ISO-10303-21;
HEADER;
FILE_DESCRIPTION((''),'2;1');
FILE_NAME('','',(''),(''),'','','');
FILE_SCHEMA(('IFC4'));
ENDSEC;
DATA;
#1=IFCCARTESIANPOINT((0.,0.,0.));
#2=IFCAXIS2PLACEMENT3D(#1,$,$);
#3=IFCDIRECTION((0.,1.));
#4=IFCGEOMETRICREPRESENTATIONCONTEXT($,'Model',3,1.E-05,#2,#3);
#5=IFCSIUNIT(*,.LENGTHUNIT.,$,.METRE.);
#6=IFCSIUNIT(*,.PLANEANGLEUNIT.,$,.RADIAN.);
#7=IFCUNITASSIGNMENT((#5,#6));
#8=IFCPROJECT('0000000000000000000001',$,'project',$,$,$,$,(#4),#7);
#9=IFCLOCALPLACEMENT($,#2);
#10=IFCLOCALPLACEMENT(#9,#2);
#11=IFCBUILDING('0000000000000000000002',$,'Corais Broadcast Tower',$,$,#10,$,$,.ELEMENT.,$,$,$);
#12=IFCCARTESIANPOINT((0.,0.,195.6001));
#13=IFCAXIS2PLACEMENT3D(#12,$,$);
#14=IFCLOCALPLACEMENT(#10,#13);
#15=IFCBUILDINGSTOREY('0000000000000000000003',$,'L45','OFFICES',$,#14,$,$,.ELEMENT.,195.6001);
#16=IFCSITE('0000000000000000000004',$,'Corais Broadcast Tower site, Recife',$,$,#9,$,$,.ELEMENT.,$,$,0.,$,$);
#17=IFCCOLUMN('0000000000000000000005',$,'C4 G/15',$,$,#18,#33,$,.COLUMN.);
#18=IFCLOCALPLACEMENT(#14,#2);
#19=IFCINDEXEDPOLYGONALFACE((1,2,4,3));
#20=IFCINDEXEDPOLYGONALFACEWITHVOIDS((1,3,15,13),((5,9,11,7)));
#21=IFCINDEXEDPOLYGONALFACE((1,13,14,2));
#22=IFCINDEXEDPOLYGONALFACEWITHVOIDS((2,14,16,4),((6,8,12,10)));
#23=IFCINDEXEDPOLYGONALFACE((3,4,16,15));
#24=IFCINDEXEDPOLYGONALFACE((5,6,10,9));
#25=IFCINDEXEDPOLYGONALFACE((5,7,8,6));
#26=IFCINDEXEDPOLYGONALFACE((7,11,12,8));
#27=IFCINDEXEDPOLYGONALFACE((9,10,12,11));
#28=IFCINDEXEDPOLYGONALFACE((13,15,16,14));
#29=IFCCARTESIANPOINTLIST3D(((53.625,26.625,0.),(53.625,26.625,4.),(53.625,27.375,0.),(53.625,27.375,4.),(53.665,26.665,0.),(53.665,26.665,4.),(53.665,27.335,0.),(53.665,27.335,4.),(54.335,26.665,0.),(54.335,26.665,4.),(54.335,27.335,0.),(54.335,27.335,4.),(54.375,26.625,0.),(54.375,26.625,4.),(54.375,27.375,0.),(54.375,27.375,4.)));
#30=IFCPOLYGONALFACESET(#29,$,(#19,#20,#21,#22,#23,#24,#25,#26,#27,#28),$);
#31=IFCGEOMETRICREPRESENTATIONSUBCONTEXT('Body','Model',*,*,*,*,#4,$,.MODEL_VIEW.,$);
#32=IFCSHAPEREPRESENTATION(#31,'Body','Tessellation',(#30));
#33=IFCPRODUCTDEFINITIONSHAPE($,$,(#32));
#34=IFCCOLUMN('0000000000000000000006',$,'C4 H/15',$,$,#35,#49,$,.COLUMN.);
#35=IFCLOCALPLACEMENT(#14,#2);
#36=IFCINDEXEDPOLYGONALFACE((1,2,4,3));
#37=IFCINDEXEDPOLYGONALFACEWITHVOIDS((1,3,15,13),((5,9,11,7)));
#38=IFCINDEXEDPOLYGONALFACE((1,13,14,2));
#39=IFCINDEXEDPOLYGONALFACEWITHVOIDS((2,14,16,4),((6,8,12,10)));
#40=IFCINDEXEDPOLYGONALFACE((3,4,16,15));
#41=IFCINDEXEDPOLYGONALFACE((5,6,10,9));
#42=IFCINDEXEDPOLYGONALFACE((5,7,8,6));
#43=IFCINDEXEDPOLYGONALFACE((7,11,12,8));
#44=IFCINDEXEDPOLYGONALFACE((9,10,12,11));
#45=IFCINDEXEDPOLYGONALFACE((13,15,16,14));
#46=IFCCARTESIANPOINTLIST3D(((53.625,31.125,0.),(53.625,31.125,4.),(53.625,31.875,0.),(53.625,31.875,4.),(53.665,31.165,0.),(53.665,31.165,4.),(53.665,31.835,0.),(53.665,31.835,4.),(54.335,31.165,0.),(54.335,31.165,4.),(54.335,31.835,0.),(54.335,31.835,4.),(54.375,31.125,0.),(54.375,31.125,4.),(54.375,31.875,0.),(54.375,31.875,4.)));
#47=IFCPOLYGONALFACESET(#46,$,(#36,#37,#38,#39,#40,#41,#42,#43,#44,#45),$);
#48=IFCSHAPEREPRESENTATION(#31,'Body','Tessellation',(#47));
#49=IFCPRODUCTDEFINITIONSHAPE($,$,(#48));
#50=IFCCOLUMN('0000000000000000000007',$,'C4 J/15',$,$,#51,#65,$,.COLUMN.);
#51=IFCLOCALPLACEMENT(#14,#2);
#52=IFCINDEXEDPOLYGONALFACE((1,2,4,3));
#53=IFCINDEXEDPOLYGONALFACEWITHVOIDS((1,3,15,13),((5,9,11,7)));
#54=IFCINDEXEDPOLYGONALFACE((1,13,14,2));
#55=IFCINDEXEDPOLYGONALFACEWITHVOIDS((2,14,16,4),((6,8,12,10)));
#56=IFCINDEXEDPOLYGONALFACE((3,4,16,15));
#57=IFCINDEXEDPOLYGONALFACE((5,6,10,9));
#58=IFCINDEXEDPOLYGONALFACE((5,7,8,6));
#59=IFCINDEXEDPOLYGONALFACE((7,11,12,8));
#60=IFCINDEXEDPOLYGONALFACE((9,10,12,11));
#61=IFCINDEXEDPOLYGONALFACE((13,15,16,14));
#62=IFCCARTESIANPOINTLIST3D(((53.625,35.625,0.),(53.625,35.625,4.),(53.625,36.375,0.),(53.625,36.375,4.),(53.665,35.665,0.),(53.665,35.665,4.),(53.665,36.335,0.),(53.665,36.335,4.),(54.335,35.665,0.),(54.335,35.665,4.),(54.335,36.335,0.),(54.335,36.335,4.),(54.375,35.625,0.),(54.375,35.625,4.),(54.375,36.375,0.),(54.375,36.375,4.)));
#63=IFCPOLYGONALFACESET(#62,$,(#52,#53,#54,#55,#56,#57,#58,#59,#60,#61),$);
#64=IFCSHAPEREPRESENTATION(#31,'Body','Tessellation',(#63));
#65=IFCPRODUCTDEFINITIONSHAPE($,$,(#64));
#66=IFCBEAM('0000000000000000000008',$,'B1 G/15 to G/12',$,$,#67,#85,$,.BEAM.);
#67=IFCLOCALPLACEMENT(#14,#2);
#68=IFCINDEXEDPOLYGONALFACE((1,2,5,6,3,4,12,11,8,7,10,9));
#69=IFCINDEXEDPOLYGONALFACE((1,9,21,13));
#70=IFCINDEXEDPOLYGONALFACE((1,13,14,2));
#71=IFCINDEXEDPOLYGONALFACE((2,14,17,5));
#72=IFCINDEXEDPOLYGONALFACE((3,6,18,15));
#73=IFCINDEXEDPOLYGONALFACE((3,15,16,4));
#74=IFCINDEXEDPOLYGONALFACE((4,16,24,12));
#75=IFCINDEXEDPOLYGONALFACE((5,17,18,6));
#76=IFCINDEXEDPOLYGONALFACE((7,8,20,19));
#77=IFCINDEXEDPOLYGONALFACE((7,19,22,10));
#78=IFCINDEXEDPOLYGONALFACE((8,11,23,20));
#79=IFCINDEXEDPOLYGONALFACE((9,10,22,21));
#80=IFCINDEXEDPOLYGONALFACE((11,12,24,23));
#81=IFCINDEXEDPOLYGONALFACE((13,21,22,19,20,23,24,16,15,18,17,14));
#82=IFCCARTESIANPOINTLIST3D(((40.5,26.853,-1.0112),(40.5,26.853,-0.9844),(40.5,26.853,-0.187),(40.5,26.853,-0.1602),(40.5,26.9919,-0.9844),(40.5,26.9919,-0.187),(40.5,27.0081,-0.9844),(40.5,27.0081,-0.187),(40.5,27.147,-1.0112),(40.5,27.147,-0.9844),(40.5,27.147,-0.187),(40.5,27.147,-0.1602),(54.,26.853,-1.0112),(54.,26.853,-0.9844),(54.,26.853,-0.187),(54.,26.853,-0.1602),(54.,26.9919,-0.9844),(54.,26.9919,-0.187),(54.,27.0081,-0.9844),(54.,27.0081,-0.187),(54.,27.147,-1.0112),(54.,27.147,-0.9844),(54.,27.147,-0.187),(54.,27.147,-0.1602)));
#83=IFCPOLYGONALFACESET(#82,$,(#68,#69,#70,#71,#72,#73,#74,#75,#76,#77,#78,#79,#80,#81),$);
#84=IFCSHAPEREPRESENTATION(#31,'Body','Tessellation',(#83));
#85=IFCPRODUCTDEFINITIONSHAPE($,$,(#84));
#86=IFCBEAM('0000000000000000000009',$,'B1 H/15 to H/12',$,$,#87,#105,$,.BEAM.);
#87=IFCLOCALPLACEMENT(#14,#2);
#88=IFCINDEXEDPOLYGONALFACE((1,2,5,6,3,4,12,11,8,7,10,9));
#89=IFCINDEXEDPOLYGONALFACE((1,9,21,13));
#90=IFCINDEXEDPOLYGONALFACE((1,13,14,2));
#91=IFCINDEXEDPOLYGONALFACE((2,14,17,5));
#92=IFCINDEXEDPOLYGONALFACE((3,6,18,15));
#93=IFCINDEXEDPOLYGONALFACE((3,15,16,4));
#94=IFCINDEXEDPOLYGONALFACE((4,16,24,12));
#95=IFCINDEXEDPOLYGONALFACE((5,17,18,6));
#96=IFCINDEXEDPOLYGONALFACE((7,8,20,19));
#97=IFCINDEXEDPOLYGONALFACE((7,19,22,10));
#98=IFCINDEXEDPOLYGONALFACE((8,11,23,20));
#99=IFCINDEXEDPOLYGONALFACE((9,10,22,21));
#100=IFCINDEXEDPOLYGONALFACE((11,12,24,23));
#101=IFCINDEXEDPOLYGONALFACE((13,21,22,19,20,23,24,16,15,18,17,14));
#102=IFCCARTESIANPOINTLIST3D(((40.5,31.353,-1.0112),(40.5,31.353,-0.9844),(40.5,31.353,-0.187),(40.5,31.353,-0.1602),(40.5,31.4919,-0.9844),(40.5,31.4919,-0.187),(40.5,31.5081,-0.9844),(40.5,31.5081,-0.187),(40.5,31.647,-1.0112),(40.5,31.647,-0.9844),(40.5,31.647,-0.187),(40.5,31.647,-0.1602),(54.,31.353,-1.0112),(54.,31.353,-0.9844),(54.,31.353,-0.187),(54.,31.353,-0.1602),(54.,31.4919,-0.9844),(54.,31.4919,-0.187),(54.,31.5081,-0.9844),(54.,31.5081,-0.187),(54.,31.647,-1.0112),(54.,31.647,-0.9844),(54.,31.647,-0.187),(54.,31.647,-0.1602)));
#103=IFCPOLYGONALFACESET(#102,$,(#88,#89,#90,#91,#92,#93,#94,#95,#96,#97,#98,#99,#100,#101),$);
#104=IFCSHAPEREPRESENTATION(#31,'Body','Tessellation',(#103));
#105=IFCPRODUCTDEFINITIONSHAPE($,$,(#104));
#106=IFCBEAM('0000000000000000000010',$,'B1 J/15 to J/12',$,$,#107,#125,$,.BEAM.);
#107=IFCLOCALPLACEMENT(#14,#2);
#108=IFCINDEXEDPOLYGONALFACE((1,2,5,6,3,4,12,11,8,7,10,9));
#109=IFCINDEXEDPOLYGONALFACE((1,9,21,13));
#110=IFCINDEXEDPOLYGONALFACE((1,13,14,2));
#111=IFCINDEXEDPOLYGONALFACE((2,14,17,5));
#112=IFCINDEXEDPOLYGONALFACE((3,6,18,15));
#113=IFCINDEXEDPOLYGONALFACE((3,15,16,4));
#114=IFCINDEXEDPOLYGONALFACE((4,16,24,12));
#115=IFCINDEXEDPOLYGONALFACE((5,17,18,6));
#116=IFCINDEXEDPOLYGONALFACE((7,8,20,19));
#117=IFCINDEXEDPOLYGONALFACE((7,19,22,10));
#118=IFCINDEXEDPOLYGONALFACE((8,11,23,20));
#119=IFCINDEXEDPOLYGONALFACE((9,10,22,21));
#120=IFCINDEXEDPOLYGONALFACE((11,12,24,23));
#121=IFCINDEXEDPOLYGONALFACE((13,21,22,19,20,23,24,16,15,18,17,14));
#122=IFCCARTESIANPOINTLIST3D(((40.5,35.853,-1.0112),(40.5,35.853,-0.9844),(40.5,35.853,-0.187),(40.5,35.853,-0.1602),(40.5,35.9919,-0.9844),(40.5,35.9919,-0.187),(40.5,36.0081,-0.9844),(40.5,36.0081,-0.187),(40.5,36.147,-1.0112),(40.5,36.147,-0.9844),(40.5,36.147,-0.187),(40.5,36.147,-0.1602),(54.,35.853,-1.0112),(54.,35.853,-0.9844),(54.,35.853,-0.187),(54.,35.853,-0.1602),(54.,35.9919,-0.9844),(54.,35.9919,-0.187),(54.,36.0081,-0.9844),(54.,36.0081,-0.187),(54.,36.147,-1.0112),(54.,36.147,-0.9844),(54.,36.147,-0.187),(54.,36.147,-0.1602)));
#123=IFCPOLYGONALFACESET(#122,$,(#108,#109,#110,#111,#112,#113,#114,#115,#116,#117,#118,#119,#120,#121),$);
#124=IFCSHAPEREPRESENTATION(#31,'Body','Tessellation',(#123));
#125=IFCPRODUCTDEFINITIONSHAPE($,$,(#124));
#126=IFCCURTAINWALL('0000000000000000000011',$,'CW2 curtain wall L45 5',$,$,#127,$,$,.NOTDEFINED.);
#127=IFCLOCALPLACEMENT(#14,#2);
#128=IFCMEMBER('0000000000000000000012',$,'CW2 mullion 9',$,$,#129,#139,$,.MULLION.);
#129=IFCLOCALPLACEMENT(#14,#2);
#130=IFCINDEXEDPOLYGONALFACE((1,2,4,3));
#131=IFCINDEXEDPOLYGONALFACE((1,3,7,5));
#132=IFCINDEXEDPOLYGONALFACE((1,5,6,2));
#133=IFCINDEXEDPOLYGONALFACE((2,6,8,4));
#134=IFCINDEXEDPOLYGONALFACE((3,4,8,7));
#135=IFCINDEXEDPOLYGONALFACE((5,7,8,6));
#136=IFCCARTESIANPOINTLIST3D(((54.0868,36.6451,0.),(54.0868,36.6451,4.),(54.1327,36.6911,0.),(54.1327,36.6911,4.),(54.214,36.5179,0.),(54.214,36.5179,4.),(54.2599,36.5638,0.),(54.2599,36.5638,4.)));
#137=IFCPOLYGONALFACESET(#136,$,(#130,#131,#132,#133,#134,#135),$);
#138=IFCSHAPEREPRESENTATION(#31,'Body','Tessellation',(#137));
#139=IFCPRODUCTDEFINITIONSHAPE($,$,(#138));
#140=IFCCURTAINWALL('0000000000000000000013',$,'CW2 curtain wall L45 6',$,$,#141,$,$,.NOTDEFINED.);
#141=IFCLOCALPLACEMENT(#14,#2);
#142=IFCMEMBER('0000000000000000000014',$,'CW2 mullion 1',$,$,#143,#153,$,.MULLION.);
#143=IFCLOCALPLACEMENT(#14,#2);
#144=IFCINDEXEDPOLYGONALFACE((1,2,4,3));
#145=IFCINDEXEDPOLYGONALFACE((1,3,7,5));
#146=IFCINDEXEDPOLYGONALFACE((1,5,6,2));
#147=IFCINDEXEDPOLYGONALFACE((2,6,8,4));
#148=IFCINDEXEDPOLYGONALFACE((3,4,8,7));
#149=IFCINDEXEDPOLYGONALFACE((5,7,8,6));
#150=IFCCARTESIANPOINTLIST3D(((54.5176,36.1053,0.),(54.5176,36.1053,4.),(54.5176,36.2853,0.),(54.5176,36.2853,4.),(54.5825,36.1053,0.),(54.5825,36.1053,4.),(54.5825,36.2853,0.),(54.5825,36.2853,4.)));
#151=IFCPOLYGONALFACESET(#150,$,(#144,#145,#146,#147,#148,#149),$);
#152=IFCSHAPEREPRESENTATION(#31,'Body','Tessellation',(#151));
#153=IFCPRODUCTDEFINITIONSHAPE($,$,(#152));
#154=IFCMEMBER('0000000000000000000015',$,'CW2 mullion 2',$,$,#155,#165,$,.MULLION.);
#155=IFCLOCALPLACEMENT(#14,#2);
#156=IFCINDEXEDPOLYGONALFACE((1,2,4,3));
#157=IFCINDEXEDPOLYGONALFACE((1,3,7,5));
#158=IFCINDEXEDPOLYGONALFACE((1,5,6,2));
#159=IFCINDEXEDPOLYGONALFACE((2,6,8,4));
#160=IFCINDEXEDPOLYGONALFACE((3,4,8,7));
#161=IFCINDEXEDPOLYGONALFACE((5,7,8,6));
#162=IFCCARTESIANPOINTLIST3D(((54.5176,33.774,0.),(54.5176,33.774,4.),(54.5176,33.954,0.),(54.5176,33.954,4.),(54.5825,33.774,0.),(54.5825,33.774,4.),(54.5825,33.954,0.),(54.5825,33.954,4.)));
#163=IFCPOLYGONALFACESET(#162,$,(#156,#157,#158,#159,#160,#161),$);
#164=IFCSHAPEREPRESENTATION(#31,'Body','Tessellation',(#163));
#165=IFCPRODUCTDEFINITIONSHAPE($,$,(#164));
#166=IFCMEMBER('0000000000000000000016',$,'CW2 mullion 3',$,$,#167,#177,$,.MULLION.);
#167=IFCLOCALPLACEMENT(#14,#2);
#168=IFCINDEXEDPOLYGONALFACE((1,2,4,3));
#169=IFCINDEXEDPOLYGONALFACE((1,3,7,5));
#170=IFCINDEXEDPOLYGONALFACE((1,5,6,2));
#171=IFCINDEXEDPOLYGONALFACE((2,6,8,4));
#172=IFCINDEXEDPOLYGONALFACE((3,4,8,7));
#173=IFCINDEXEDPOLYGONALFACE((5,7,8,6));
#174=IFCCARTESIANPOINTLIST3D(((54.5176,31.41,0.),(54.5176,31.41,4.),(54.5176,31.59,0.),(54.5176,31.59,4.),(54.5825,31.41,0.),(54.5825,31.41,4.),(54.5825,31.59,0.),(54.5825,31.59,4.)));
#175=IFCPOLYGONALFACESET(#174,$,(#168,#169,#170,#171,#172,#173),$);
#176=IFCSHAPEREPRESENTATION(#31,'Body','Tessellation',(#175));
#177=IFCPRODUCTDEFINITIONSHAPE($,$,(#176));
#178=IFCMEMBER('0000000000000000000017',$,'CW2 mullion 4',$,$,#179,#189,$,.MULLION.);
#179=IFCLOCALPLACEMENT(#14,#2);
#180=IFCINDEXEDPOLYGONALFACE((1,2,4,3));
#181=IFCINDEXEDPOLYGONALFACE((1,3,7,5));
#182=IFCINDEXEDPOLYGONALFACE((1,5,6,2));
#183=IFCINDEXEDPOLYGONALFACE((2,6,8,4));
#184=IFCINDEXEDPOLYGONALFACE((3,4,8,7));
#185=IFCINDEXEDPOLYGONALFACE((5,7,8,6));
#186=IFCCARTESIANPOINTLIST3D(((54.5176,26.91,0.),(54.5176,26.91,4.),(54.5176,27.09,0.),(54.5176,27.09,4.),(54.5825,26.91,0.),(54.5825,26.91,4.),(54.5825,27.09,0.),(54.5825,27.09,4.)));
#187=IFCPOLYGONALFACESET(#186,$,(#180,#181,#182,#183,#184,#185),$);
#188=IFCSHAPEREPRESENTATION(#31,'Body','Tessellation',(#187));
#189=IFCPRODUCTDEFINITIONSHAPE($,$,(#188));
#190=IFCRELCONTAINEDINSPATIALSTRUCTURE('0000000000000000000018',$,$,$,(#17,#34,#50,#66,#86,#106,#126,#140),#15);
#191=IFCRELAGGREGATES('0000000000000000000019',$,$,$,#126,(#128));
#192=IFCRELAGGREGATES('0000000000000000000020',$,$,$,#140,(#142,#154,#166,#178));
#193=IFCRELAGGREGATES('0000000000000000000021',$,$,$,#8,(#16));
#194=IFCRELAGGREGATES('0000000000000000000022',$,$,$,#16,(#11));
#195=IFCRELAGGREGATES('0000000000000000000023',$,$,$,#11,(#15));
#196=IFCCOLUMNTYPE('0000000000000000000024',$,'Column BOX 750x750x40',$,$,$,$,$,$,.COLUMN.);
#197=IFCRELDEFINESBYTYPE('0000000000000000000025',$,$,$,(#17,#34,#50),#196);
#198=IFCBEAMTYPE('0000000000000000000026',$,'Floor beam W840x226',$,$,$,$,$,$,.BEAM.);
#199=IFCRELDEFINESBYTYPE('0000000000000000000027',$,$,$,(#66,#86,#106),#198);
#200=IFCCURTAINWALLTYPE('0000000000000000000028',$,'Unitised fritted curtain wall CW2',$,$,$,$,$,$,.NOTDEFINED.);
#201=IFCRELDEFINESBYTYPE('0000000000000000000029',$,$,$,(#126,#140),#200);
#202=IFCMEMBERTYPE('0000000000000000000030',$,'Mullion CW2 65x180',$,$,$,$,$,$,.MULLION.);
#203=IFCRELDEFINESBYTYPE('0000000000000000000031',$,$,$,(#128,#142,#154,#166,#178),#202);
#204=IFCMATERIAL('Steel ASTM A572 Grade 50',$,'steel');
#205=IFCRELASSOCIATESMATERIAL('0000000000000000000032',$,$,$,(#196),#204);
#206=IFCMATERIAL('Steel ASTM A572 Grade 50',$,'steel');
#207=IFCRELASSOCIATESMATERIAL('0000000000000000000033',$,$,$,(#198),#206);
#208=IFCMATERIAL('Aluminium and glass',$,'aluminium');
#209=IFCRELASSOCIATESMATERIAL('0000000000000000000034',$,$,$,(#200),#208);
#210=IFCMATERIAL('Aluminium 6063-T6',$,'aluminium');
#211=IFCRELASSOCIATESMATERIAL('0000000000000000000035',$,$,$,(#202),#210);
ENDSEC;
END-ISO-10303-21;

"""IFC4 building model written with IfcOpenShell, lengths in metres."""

from ifc_helpers import new_model, si_unit, direction, frame, origin, origin_2d, place, context, subcontext, project, spatial, rectangle, hollow_rectangle, i_section, extrude, material, material_profile, profile_set, type_object, element, aggregate, save


model = new_model("IFC4")

# Units and contexts
model_context = context("Model", 3, precision=1e-05, world=origin(), true_north=direction((0.0, 1.0)))
body_context = subcontext(model_context, "Body", "Model", "MODEL_VIEW")
ifc_project = project(units=[si_unit("LENGTHUNIT", "METRE"), si_unit("PLANEANGLEUNIT", "RADIAN")], contexts=[model_context])

# Site, building, storey
site_placement = place(None, origin())
site = spatial("IfcSite", under=ifc_project, at=site_placement, Name="Corais Broadcast Tower site, Recife", CompositionType="ELEMENT", RefElevation=0.0)
building_placement = place(site_placement, origin())
building = spatial("IfcBuilding", under=site, at=building_placement, Name="Corais Broadcast Tower", CompositionType="ELEMENT")
storey_placement = place(building_placement, frame((0.0, 0.0, 195.6001)))
storey = spatial("IfcBuildingStorey", under=building, at=storey_placement, Name="L45", Description="OFFICES", CompositionType="ELEMENT", Elevation=195.6001)

# Columns
ifc_material_1 = material(Name="Steel ASTM A572 Grade 50", Category="steel")
ifc_material_profile_1 = material_profile(ifc_material_1, hollow_rectangle(XDim=0.75, YDim=0.75, WallThickness=0.04, at=origin_2d()), Name="BOX 750x750x40")
ifc_profile_set_1 = profile_set([ifc_material_profile_1], Name="Steel ASTM A572 Grade 50")
column_type = type_object("IfcColumnType", Name="Column BOX 750x750x40", PredefinedType="COLUMN", material=ifc_profile_set_1)
for number, where, z_axis, x_axis, name in (
    (1, (54.0, 27.0, 0.0), (0.0, 0.0, 1.0), (1.0, 0.0, 0.0), "C4 G/15"),
    (2, (54.0, 31.5, 0.0), (0.0, 0.0, 1.0), (1.0, 0.0, 0.0), "C4 H/15"),
    (3, (54.0, 36.0, 0.0), (0.0, 0.0, 1.0), (1.0, 0.0, 0.0), "C4 J/15"),
):
    element("IfcColumn", number, at=place(storey_placement, frame(where, z_axis=z_axis, x_axis=x_axis)), inside=storey, type_object=column_type, Name=name, PredefinedType="COLUMN", context=body_context, shape_type="SweptSolid", body=[
        extrude(hollow_rectangle(XDim=0.75, YDim=0.75, WallThickness=0.04, at=origin_2d()), origin(), (0.0, 0.0, 1.0), 4.0),
    ])

# Beams
ifc_material_2 = material(Name="Steel ASTM A572 Grade 50", Category="steel")
ifc_material_profile_2 = material_profile(ifc_material_2, i_section(OverallWidth=0.2939, OverallDepth=0.8511, WebThickness=0.0161, FlangeThickness=0.0269, at=origin_2d()), Name="W840x226")
ifc_profile_set_2 = profile_set([ifc_material_profile_2], Name="Steel ASTM A572 Grade 50")
beam_type_1 = type_object("IfcBeamType", Name="Floor beam W840x226", PredefinedType="BEAM", material=ifc_profile_set_2)
for number, where, z_axis, x_axis, name in (
    (4, (54.0, 27.0, -0.5857), (-1.0, 0.0, 0.0), (0.0, -1.0, 0.0), "B1 G/15 to G/12"),
    (5, (54.0, 31.5, -0.5857), (-1.0, 0.0, 0.0), (0.0, -1.0, 0.0), "B1 H/15 to H/12"),
    (6, (54.0, 36.0, -0.5857), (-1.0, 0.0, 0.0), (0.0, -1.0, 0.0), "B1 J/15 to J/12"),
):
    element("IfcBeam", number, at=place(storey_placement, frame(where, z_axis=z_axis, x_axis=x_axis)), inside=storey, type_object=beam_type_1, Name=name, PredefinedType="BEAM", context=body_context, shape_type="SweptSolid", body=[
        extrude(i_section(OverallWidth=0.2939, OverallDepth=0.8511, WebThickness=0.0161, FlangeThickness=0.0269, at=origin_2d()), origin(), (0.0, 0.0, 1.0), 13.5),
    ])

# Curtain wall, member
ifc_material_3 = material(Name="Aluminium and glass", Category="aluminium")
curtain_wall_type = type_object("IfcCurtainWallType", Name="Unitised fritted curtain wall CW2", PredefinedType="NOTDEFINED", material=ifc_material_3)
curtain_wall_1_placement = place(storey_placement, origin())
curtain_wall_1 = element("IfcCurtainWall", 7, at=curtain_wall_1_placement, inside=storey, type_object=curtain_wall_type, Name="CW2 curtain wall L45 5", PredefinedType="NOTDEFINED")
ifc_material_4 = material(Name="Aluminium 6063-T6", Category="aluminium")
ifc_material_profile_3 = material_profile(ifc_material_4, rectangle(XDim=0.0649, YDim=0.1799, at=origin_2d()), Name="Mullion CW2 65x180")
ifc_profile_set_3 = profile_set([ifc_material_profile_3], Name="Aluminium 6063-T6")
member_type_1 = type_object("IfcMemberType", Name="Mullion CW2 65x180", PredefinedType="MULLION", material=ifc_profile_set_3)
member_1_placement = place(storey_placement, frame((54.1733, 36.6045, 0.0), z_axis=(0.0, 0.0, 1.0), x_axis=(0.707107, 0.707107, 0.0)))
member_1 = element("IfcMember", 8, at=member_1_placement, type_object=member_type_1, Name="CW2 mullion 9", PredefinedType="MULLION", context=body_context, shape_type="SweptSolid", body=[
    extrude(rectangle(XDim=0.0649, YDim=0.1799, at=origin_2d()), origin(), (0.0, 0.0, 1.0), 4.0),
])
aggregate(curtain_wall_1, [member_1])

# Curtain wall, members
curtain_wall_2_placement = place(storey_placement, origin())
curtain_wall_2 = element("IfcCurtainWall", 9, at=curtain_wall_2_placement, inside=storey, type_object=curtain_wall_type, Name="CW2 curtain wall L45 6", PredefinedType="NOTDEFINED")
member_2_placement = place(storey_placement, frame((54.55, 36.1953, 0.0), z_axis=(0.0, 0.0, 1.0), x_axis=(1.0, 0.0, 0.0)))
member_2 = element("IfcMember", 10, at=member_2_placement, type_object=member_type_1, Name="CW2 mullion 1", PredefinedType="MULLION", context=body_context, shape_type="SweptSolid", body=[
    extrude(rectangle(XDim=0.0649, YDim=0.1799, at=origin_2d()), origin(), (0.0, 0.0, 1.0), 4.0),
])
member_3_placement = place(storey_placement, frame((54.55, 33.864, 0.0), z_axis=(0.0, 0.0, 1.0), x_axis=(1.0, 0.0, 0.0)))
member_3 = element("IfcMember", 11, at=member_3_placement, type_object=member_type_1, Name="CW2 mullion 2", PredefinedType="MULLION", context=body_context, shape_type="SweptSolid", body=[
    extrude(rectangle(XDim=0.0649, YDim=0.1799, at=origin_2d()), origin(), (0.0, 0.0, 1.0), 4.0),
])
member_4_placement = place(storey_placement, frame((54.55, 31.5, 0.0), z_axis=(0.0, 0.0, 1.0), x_axis=(1.0, 0.0, 0.0)))
member_4 = element("IfcMember", 12, at=member_4_placement, type_object=member_type_1, Name="CW2 mullion 3", PredefinedType="MULLION", context=body_context, shape_type="SweptSolid", body=[
    extrude(rectangle(XDim=0.0649, YDim=0.1799, at=origin_2d()), origin(), (0.0, 0.0, 1.0), 4.0),
])
member_5_placement = place(storey_placement, frame((54.55, 27.0, 0.0), z_axis=(0.0, 0.0, 1.0), x_axis=(1.0, 0.0, 0.0)))
member_5 = element("IfcMember", 13, at=member_5_placement, type_object=member_type_1, Name="CW2 mullion 4", PredefinedType="MULLION", context=body_context, shape_type="SweptSolid", body=[
    extrude(rectangle(XDim=0.0649, YDim=0.1799, at=origin_2d()), origin(), (0.0, 0.0, 1.0), 4.0),
])

aggregate(curtain_wall_2, [member_2, member_3, member_4, member_5])

save(model, "model.ifc")
